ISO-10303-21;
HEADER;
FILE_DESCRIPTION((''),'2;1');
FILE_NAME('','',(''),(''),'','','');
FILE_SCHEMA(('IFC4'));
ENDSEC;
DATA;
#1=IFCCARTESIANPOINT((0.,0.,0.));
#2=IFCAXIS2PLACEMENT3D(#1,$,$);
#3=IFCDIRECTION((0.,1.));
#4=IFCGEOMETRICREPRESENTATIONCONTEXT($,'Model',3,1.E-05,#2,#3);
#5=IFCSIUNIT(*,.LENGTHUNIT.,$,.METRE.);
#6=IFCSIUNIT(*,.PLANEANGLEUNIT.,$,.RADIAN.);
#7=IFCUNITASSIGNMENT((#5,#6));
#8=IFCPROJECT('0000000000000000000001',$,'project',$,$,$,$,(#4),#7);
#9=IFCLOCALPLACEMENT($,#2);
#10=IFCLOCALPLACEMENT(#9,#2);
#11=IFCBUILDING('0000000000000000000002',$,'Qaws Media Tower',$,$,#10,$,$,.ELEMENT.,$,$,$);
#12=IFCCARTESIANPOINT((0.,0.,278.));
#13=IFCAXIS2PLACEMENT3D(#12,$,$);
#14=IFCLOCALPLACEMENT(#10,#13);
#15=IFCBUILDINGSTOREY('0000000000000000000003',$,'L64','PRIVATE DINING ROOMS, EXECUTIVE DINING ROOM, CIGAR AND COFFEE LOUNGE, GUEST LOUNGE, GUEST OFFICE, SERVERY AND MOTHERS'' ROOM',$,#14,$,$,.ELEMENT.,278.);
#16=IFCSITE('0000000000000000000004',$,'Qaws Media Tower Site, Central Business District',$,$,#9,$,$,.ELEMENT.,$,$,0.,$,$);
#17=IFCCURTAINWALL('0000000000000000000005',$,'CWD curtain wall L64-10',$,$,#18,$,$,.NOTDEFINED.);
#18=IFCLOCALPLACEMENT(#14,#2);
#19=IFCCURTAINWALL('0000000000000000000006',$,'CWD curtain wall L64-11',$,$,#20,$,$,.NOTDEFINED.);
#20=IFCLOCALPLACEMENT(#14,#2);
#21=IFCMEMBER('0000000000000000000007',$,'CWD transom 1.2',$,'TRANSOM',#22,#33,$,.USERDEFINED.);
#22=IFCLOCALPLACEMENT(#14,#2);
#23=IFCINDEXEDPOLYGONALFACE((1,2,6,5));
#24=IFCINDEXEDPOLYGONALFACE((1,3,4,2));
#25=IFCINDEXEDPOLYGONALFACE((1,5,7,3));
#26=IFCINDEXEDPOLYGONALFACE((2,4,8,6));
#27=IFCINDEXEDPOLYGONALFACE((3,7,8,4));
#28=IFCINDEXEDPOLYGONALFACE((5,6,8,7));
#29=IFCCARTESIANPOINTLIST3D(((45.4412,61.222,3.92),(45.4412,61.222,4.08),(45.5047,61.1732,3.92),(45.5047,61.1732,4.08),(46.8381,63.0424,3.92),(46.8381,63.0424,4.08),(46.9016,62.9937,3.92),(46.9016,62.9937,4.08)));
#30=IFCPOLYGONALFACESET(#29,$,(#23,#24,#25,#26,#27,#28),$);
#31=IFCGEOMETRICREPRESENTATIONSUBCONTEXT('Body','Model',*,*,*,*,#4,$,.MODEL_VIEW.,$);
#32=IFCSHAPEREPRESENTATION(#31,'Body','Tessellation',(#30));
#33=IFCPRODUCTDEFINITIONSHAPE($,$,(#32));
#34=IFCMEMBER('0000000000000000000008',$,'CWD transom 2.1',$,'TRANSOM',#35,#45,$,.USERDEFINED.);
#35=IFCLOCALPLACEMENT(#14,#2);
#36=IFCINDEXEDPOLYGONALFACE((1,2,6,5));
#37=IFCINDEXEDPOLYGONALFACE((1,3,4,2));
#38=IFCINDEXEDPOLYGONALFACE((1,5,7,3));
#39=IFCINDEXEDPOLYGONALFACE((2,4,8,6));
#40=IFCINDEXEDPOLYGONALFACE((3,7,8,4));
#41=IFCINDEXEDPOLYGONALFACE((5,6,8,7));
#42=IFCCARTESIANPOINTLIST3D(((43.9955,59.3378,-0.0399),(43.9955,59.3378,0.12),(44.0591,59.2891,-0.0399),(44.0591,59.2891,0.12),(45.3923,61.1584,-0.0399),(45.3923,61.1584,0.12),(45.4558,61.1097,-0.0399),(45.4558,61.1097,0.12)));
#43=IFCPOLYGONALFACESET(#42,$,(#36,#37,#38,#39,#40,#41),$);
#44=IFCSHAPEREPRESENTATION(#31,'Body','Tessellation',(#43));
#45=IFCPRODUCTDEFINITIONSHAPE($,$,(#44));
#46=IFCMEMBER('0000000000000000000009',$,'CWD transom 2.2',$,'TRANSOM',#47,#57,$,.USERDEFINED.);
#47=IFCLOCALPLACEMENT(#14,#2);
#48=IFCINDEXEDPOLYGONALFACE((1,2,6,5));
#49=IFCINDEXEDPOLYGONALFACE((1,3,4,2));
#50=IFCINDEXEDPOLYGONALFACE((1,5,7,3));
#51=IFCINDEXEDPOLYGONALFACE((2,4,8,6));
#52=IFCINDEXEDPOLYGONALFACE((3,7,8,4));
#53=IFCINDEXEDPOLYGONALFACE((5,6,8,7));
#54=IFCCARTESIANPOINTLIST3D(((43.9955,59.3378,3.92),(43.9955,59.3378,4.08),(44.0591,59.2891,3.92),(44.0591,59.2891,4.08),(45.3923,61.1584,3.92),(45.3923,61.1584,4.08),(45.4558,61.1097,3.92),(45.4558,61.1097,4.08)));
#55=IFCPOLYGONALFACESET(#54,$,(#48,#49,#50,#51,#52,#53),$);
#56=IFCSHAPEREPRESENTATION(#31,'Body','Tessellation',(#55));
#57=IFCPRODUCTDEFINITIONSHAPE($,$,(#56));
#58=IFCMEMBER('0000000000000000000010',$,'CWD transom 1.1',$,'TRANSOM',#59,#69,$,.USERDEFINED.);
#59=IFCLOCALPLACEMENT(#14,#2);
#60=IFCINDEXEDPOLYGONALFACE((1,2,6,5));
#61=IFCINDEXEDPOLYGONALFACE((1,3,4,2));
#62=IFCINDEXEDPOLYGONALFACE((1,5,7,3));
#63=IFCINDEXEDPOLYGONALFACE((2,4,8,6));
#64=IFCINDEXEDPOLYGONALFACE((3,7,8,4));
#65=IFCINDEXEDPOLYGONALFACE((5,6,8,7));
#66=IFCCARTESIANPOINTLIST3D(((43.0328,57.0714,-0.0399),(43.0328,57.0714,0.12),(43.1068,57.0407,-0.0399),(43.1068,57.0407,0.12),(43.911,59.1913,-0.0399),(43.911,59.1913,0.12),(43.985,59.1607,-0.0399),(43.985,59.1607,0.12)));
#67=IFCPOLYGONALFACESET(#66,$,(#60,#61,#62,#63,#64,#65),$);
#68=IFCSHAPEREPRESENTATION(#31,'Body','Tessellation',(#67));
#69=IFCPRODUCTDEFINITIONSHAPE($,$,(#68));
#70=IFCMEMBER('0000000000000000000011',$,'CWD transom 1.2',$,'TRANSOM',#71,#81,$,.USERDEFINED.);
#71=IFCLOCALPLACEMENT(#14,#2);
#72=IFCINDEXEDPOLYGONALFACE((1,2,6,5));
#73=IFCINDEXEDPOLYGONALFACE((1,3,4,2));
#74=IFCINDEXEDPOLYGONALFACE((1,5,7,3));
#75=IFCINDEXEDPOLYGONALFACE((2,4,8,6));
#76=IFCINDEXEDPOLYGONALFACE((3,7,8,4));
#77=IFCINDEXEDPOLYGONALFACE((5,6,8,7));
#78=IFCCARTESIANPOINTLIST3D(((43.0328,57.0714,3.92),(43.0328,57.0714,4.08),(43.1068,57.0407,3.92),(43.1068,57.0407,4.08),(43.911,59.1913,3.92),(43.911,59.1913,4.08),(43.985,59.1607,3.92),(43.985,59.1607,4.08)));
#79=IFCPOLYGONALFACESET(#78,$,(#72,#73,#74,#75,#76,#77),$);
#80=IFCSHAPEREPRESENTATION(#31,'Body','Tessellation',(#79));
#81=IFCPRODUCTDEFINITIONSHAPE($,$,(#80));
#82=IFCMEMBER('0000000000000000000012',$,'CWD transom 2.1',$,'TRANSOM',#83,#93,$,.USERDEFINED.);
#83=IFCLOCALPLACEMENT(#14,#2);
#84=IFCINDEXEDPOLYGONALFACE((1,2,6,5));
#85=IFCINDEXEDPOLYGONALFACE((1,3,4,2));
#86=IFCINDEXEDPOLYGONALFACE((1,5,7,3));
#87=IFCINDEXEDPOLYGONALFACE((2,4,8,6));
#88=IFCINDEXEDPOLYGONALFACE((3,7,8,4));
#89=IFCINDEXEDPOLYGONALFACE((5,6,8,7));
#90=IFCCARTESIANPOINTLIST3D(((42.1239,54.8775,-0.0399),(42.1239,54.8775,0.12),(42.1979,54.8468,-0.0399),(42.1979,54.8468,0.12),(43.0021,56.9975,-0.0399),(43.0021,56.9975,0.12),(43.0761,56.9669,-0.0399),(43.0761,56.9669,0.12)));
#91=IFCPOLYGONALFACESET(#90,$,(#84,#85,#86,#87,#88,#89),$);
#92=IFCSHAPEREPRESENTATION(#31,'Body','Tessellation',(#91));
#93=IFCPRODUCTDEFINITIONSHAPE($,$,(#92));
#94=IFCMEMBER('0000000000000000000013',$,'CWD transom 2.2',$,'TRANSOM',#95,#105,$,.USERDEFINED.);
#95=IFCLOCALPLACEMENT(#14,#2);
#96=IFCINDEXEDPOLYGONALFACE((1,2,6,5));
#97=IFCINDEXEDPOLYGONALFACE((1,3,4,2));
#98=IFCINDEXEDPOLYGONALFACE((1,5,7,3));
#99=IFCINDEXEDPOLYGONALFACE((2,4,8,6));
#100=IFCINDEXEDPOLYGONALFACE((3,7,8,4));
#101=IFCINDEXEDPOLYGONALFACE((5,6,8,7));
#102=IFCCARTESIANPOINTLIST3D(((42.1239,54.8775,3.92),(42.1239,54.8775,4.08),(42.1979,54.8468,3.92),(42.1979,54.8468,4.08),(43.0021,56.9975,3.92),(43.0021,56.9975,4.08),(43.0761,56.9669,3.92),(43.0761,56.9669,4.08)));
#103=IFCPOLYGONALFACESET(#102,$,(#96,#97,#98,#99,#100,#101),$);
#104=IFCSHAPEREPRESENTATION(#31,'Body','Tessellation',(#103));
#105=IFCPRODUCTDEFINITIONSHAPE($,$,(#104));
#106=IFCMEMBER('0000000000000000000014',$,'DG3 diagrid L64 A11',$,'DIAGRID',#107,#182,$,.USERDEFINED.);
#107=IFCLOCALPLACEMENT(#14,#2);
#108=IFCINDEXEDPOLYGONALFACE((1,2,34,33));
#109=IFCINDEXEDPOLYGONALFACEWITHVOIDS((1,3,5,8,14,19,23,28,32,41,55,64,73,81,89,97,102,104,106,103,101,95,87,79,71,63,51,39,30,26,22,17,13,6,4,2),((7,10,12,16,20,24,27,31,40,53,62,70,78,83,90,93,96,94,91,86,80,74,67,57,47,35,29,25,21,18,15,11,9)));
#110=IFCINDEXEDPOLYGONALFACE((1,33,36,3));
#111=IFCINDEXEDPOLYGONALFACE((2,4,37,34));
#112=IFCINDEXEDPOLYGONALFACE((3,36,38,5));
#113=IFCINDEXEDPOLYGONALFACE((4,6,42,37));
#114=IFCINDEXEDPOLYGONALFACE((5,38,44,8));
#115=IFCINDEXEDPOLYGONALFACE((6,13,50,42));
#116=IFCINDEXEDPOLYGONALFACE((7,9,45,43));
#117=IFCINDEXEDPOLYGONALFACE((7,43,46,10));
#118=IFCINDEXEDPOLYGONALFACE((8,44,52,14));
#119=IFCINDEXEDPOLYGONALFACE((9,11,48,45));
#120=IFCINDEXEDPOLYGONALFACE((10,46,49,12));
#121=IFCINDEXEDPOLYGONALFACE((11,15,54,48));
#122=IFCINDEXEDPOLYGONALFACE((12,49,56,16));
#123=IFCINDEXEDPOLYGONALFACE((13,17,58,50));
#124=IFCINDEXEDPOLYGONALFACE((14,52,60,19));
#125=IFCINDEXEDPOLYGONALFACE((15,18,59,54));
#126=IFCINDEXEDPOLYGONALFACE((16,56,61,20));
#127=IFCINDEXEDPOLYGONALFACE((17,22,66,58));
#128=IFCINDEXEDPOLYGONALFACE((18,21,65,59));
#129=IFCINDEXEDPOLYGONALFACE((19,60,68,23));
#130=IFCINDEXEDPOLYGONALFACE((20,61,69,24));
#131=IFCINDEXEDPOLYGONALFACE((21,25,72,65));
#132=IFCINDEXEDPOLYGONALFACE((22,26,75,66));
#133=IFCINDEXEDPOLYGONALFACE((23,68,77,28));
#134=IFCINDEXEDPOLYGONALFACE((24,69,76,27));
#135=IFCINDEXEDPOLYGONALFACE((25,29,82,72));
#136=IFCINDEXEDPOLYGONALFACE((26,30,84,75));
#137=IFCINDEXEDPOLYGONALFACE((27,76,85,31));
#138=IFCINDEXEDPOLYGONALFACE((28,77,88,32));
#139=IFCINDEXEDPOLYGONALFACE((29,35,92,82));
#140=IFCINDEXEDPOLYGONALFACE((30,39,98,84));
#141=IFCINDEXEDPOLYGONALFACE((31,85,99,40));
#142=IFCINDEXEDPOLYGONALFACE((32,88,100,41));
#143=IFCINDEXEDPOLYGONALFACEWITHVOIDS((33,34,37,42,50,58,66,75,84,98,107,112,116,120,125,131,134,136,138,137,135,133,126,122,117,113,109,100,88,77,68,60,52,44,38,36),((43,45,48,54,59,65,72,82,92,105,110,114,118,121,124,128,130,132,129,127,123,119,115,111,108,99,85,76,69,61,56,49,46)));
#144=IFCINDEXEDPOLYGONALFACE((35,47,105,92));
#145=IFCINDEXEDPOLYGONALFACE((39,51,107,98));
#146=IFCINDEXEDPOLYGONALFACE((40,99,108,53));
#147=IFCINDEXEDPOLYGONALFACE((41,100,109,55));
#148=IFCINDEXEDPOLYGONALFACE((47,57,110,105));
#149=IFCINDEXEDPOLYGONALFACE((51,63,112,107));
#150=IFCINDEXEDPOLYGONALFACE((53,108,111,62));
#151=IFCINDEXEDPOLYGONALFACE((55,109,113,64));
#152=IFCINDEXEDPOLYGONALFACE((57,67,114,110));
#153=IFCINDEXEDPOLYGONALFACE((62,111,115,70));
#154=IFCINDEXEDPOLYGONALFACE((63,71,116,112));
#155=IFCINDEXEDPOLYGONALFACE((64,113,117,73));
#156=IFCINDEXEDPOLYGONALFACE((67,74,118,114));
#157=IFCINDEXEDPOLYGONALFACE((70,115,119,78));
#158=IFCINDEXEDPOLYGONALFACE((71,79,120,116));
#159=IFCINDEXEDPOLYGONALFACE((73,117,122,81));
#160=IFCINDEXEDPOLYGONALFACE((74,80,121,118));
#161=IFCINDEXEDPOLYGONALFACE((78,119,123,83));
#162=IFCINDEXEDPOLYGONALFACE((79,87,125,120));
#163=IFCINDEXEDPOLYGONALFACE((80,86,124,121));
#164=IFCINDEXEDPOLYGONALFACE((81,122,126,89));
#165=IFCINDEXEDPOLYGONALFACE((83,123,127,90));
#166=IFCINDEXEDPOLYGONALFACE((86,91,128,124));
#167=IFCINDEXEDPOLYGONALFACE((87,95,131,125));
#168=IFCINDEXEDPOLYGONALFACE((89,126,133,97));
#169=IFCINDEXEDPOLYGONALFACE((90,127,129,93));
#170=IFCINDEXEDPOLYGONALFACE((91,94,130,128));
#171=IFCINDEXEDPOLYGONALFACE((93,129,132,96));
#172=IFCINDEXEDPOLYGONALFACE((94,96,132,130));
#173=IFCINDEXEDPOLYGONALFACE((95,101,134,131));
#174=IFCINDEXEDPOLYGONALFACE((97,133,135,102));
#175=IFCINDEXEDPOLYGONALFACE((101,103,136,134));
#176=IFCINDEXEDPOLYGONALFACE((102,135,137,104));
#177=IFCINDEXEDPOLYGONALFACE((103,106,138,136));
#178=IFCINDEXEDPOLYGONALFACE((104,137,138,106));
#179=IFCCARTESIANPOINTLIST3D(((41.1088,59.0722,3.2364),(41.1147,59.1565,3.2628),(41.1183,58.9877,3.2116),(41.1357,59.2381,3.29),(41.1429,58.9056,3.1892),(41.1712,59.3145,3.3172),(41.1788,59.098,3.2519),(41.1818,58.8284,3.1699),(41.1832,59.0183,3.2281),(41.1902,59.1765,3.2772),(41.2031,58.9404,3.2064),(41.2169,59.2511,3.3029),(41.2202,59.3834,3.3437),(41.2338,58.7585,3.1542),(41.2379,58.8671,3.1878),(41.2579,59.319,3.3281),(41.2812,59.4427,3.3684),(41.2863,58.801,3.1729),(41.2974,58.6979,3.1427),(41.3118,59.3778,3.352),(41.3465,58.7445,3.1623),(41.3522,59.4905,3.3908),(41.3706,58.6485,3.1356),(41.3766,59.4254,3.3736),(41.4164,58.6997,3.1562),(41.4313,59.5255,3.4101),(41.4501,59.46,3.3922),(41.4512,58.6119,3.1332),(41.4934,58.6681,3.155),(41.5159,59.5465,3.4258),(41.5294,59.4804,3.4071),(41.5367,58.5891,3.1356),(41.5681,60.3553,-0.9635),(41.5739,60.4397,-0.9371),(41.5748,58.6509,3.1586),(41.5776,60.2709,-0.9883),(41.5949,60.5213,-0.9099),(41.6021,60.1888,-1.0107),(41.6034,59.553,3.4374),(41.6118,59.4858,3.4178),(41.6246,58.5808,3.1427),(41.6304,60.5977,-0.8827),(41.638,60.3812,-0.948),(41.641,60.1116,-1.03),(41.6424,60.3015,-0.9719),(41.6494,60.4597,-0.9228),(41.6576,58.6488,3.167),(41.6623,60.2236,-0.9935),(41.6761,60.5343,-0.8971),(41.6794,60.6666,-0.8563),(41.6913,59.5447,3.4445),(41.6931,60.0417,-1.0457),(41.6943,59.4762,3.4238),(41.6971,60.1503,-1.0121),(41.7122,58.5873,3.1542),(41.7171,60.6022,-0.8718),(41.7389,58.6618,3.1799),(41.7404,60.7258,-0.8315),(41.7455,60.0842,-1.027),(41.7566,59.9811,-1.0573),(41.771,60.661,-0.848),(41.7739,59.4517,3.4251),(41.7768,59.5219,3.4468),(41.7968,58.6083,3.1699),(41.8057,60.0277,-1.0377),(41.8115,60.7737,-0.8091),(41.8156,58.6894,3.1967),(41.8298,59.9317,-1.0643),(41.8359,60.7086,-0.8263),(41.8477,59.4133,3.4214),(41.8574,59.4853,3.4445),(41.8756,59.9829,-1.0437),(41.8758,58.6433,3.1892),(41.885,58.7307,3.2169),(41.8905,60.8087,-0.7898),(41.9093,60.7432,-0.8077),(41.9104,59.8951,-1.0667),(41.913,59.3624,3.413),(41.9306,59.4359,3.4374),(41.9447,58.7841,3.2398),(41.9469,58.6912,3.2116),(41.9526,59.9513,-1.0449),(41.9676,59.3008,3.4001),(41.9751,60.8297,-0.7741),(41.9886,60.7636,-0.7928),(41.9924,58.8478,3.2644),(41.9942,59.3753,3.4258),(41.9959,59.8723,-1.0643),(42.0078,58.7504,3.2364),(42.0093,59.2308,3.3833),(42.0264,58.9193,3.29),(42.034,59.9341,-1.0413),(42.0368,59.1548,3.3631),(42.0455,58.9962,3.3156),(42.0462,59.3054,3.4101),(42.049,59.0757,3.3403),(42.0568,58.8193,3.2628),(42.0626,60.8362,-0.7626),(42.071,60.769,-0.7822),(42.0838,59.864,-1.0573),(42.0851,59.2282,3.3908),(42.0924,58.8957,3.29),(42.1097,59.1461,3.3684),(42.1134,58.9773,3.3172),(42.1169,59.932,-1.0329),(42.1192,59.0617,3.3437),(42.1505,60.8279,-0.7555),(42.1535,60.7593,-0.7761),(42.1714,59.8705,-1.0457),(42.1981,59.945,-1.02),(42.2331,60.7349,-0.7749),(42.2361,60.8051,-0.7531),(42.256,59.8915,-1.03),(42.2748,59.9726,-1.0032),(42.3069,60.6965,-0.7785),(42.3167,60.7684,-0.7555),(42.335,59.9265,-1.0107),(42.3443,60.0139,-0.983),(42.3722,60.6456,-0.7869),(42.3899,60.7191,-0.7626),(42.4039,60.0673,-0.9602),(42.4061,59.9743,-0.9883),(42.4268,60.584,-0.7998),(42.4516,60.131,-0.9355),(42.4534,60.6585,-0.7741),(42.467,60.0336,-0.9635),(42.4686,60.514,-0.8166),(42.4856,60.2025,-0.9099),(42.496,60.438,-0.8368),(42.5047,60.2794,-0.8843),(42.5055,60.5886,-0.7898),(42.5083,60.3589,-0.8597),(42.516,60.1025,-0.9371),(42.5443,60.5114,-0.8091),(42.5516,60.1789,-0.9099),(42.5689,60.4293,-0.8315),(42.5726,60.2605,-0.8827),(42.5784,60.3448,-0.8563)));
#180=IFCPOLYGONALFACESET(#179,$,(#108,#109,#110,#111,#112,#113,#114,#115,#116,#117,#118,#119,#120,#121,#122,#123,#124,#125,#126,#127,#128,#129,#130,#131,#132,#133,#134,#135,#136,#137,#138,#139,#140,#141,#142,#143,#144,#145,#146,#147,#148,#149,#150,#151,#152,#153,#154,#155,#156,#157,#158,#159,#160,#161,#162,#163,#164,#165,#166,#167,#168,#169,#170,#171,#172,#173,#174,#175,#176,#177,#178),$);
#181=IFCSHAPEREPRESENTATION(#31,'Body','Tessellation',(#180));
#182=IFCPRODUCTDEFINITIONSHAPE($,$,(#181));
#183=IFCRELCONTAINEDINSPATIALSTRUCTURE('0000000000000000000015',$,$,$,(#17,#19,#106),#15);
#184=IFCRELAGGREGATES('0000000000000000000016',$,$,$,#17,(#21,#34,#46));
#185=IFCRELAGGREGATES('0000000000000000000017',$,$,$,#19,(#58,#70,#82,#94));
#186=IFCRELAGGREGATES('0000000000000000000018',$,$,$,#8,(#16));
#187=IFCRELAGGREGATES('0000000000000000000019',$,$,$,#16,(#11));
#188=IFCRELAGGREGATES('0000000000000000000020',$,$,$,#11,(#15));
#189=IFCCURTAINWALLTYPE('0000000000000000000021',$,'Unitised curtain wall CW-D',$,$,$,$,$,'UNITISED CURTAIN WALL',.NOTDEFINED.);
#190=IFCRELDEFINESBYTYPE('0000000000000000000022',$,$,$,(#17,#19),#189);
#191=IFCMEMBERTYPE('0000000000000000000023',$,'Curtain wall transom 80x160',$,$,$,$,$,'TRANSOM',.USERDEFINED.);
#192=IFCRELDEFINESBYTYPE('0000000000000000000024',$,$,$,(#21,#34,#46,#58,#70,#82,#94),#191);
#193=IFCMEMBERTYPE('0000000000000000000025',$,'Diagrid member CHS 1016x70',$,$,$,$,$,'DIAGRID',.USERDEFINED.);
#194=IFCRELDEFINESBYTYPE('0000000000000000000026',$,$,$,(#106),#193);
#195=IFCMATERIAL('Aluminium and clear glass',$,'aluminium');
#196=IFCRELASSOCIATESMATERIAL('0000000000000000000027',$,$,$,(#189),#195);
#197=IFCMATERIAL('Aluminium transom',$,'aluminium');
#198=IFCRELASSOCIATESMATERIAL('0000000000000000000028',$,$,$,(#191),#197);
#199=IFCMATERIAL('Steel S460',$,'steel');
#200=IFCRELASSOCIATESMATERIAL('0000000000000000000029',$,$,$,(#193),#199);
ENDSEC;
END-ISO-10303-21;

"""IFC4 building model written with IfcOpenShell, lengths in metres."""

from ifc_helpers import new_model, si_unit, direction, frame, origin, origin_2d, place, context, subcontext, project, spatial, rectangle, hollow_circle, extrude, material, material_profile, profile_set, type_object, element, aggregate, save


model = new_model("IFC4")

# Units and contexts
model_context = context("Model", 3, precision=1e-05, world=origin(), true_north=direction((0.0, 1.0)))
body_context = subcontext(model_context, "Body", "Model", "MODEL_VIEW")
ifc_project = project(units=[si_unit("LENGTHUNIT", "METRE"), si_unit("PLANEANGLEUNIT", "RADIAN")], contexts=[model_context])

# Site, building, storey
site_placement = place(None, origin())
site = spatial("IfcSite", under=ifc_project, at=site_placement, Name="Qaws Media Tower Site, Central Business District", CompositionType="ELEMENT", RefElevation=0.0)
building_placement = place(site_placement, origin())
building = spatial("IfcBuilding", under=site, at=building_placement, Name="Qaws Media Tower", CompositionType="ELEMENT")
storey_placement = place(building_placement, frame((0.0, 0.0, 278.0)))
storey = spatial("IfcBuildingStorey", under=building, at=storey_placement, Name="L64", Description="PRIVATE DINING ROOMS, EXECUTIVE DINING ROOM, CIGAR AND COFFEE LOUNGE, GUEST LOUNGE, GUEST OFFICE, SERVERY AND MOTHERS' ROOM", CompositionType="ELEMENT", Elevation=278.0)

# Shared definitions
ifc_material_1 = material(Name="Aluminium and clear glass", Category="aluminium")
curtain_wall_type = type_object("IfcCurtainWallType", Name="Unitised curtain wall CW-D", ElementType="UNITISED CURTAIN WALL", PredefinedType="NOTDEFINED", material=ifc_material_1)

# Curtain walls
curtain_wall_1_placement = place(storey_placement, origin())
curtain_wall_1 = element("IfcCurtainWall", 1, at=curtain_wall_1_placement, inside=storey, type_object=curtain_wall_type, Name="CWD curtain wall L64-10", PredefinedType="NOTDEFINED")
curtain_wall_2_placement = place(storey_placement, origin())
curtain_wall_2 = element("IfcCurtainWall", 2, at=curtain_wall_2_placement, inside=storey, type_object=curtain_wall_type, Name="CWD curtain wall L64-11", PredefinedType="NOTDEFINED")

# Members
ifc_material_2 = material(Name="Aluminium transom", Category="aluminium")
ifc_material_profile_1 = material_profile(ifc_material_2, rectangle(XDim=0.0801, YDim=0.1599, at=origin_2d()), Name="80x160")
ifc_profile_set_1 = profile_set([ifc_material_profile_1], Name="Aluminium transom")
member_type_1 = type_object("IfcMemberType", Name="Curtain wall transom 80x160", ElementType="TRANSOM", PredefinedType="USERDEFINED", material=ifc_profile_set_1)
member_1_placement = place(storey_placement, frame((46.8699, 63.0181, 4.0), z_axis=(-0.608764, -0.793351, 0.0), x_axis=(0.793351, -0.608764, 0.0)))
member_1 = element("IfcMember", 3, at=member_1_placement, type_object=member_type_1, Name="CWD transom 1.2", ObjectType="TRANSOM", PredefinedType="USERDEFINED", context=body_context, shape_type="SweptSolid", body=[
    extrude(rectangle(XDim=0.0801, YDim=0.1599, at=origin_2d()), origin(), (0.0, 0.0, 1.0), 2.2947),
])
member_2_placement = place(storey_placement, frame((45.4241, 61.134, 0.04), z_axis=(-0.608697, -0.793403, 0.0), x_axis=(0.793403, -0.608697, 0.0)))
member_2 = element("IfcMember", 4, at=member_2_placement, type_object=member_type_1, Name="CWD transom 2.1", ObjectType="TRANSOM", PredefinedType="USERDEFINED", context=body_context, shape_type="SweptSolid", body=[
    extrude(rectangle(XDim=0.0801, YDim=0.1599, at=origin_2d()), origin(), (0.0, 0.0, 1.0), 2.2947),
])
member_3_placement = place(storey_placement, frame((45.4241, 61.134, 4.0), z_axis=(-0.608697, -0.793403, 0.0), x_axis=(0.793403, -0.608697, 0.0)))
member_3 = element("IfcMember", 5, at=member_3_placement, type_object=member_type_1, Name="CWD transom 2.2", ObjectType="TRANSOM", PredefinedType="USERDEFINED", context=body_context, shape_type="SweptSolid", body=[
    extrude(rectangle(XDim=0.0801, YDim=0.1599, at=origin_2d()), origin(), (0.0, 0.0, 1.0), 2.2947),
])
member_4_placement = place(storey_placement, frame((43.948, 59.176, 0.04), z_axis=(-0.382718, -0.923865, 0.0), x_axis=(0.923865, -0.382718, 0.0)))
member_4 = element("IfcMember", 6, at=member_4_placement, type_object=member_type_1, Name="CWD transom 1.1", ObjectType="TRANSOM", PredefinedType="USERDEFINED", context=body_context, shape_type="SweptSolid", body=[
    extrude(rectangle(XDim=0.0801, YDim=0.1599, at=origin_2d()), origin(), (0.0, 0.0, 1.0), 2.2947),
])
member_5_placement = place(storey_placement, frame((43.948, 59.176, 4.0), z_axis=(-0.382718, -0.923865, 0.0), x_axis=(0.923865, -0.382718, 0.0)))
member_5 = element("IfcMember", 7, at=member_5_placement, type_object=member_type_1, Name="CWD transom 1.2", ObjectType="TRANSOM", PredefinedType="USERDEFINED", context=body_context, shape_type="SweptSolid", body=[
    extrude(rectangle(XDim=0.0801, YDim=0.1599, at=origin_2d()), origin(), (0.0, 0.0, 1.0), 2.2947),
])
member_6_placement = place(storey_placement, frame((43.0391, 56.9822, 0.04), z_axis=(-0.382681, -0.923881, 0.0), x_axis=(0.923881, -0.382681, 0.0)))
member_6 = element("IfcMember", 8, at=member_6_placement, type_object=member_type_1, Name="CWD transom 2.1", ObjectType="TRANSOM", PredefinedType="USERDEFINED", context=body_context, shape_type="SweptSolid", body=[
    extrude(rectangle(XDim=0.0801, YDim=0.1599, at=origin_2d()), origin(), (0.0, 0.0, 1.0), 2.2947),
])
member_7_placement = place(storey_placement, frame((43.0391, 56.9822, 4.0), z_axis=(-0.382681, -0.923881, 0.0), x_axis=(0.923881, -0.382681, 0.0)))
member_7 = element("IfcMember", 9, at=member_7_placement, type_object=member_type_1, Name="CWD transom 2.2", ObjectType="TRANSOM", PredefinedType="USERDEFINED", context=body_context, shape_type="SweptSolid", body=[
    extrude(rectangle(XDim=0.0801, YDim=0.1599, at=origin_2d()), origin(), (0.0, 0.0, 1.0), 2.2947),
])

# Member
ifc_material_3 = material(Name="Steel S460", Category="steel")
ifc_material_profile_2 = material_profile(ifc_material_3, hollow_circle(Radius=0.5081, WallThickness=0.0701, at=origin_2d()), Name="CHS 1016x70")
ifc_profile_set_2 = profile_set([ifc_material_profile_2], Name="Steel S460")
member_type_2 = type_object("IfcMemberType", Name="Diagrid member CHS 1016x70", ElementType="DIAGRID", PredefinedType="USERDEFINED", material=ifc_profile_set_2)
for number, where, z_axis, x_axis, name in (
    (10, (42.0732, 60.3501, -0.9099), (-0.104003, -0.29061, 0.951173), (0.941523, -0.336949, 0.0), "DG3 diagrid L64 A11"),
):
    element("IfcMember", number, at=place(storey_placement, frame(where, z_axis=z_axis, x_axis=x_axis)), inside=storey, type_object=member_type_2, Name=name, ObjectType="DIAGRID", PredefinedType="USERDEFINED", context=body_context, shape_type="SweptSolid", body=[
        extrude(hollow_circle(Radius=0.5081, WallThickness=0.0701, at=origin_2d()), origin(), (0.0, 0.0, 1.0), 4.4155),
    ])

aggregate(curtain_wall_1, [member_1, member_2, member_3])
aggregate(curtain_wall_2, [member_4, member_5, member_6, member_7])

save(model, "model.ifc")
